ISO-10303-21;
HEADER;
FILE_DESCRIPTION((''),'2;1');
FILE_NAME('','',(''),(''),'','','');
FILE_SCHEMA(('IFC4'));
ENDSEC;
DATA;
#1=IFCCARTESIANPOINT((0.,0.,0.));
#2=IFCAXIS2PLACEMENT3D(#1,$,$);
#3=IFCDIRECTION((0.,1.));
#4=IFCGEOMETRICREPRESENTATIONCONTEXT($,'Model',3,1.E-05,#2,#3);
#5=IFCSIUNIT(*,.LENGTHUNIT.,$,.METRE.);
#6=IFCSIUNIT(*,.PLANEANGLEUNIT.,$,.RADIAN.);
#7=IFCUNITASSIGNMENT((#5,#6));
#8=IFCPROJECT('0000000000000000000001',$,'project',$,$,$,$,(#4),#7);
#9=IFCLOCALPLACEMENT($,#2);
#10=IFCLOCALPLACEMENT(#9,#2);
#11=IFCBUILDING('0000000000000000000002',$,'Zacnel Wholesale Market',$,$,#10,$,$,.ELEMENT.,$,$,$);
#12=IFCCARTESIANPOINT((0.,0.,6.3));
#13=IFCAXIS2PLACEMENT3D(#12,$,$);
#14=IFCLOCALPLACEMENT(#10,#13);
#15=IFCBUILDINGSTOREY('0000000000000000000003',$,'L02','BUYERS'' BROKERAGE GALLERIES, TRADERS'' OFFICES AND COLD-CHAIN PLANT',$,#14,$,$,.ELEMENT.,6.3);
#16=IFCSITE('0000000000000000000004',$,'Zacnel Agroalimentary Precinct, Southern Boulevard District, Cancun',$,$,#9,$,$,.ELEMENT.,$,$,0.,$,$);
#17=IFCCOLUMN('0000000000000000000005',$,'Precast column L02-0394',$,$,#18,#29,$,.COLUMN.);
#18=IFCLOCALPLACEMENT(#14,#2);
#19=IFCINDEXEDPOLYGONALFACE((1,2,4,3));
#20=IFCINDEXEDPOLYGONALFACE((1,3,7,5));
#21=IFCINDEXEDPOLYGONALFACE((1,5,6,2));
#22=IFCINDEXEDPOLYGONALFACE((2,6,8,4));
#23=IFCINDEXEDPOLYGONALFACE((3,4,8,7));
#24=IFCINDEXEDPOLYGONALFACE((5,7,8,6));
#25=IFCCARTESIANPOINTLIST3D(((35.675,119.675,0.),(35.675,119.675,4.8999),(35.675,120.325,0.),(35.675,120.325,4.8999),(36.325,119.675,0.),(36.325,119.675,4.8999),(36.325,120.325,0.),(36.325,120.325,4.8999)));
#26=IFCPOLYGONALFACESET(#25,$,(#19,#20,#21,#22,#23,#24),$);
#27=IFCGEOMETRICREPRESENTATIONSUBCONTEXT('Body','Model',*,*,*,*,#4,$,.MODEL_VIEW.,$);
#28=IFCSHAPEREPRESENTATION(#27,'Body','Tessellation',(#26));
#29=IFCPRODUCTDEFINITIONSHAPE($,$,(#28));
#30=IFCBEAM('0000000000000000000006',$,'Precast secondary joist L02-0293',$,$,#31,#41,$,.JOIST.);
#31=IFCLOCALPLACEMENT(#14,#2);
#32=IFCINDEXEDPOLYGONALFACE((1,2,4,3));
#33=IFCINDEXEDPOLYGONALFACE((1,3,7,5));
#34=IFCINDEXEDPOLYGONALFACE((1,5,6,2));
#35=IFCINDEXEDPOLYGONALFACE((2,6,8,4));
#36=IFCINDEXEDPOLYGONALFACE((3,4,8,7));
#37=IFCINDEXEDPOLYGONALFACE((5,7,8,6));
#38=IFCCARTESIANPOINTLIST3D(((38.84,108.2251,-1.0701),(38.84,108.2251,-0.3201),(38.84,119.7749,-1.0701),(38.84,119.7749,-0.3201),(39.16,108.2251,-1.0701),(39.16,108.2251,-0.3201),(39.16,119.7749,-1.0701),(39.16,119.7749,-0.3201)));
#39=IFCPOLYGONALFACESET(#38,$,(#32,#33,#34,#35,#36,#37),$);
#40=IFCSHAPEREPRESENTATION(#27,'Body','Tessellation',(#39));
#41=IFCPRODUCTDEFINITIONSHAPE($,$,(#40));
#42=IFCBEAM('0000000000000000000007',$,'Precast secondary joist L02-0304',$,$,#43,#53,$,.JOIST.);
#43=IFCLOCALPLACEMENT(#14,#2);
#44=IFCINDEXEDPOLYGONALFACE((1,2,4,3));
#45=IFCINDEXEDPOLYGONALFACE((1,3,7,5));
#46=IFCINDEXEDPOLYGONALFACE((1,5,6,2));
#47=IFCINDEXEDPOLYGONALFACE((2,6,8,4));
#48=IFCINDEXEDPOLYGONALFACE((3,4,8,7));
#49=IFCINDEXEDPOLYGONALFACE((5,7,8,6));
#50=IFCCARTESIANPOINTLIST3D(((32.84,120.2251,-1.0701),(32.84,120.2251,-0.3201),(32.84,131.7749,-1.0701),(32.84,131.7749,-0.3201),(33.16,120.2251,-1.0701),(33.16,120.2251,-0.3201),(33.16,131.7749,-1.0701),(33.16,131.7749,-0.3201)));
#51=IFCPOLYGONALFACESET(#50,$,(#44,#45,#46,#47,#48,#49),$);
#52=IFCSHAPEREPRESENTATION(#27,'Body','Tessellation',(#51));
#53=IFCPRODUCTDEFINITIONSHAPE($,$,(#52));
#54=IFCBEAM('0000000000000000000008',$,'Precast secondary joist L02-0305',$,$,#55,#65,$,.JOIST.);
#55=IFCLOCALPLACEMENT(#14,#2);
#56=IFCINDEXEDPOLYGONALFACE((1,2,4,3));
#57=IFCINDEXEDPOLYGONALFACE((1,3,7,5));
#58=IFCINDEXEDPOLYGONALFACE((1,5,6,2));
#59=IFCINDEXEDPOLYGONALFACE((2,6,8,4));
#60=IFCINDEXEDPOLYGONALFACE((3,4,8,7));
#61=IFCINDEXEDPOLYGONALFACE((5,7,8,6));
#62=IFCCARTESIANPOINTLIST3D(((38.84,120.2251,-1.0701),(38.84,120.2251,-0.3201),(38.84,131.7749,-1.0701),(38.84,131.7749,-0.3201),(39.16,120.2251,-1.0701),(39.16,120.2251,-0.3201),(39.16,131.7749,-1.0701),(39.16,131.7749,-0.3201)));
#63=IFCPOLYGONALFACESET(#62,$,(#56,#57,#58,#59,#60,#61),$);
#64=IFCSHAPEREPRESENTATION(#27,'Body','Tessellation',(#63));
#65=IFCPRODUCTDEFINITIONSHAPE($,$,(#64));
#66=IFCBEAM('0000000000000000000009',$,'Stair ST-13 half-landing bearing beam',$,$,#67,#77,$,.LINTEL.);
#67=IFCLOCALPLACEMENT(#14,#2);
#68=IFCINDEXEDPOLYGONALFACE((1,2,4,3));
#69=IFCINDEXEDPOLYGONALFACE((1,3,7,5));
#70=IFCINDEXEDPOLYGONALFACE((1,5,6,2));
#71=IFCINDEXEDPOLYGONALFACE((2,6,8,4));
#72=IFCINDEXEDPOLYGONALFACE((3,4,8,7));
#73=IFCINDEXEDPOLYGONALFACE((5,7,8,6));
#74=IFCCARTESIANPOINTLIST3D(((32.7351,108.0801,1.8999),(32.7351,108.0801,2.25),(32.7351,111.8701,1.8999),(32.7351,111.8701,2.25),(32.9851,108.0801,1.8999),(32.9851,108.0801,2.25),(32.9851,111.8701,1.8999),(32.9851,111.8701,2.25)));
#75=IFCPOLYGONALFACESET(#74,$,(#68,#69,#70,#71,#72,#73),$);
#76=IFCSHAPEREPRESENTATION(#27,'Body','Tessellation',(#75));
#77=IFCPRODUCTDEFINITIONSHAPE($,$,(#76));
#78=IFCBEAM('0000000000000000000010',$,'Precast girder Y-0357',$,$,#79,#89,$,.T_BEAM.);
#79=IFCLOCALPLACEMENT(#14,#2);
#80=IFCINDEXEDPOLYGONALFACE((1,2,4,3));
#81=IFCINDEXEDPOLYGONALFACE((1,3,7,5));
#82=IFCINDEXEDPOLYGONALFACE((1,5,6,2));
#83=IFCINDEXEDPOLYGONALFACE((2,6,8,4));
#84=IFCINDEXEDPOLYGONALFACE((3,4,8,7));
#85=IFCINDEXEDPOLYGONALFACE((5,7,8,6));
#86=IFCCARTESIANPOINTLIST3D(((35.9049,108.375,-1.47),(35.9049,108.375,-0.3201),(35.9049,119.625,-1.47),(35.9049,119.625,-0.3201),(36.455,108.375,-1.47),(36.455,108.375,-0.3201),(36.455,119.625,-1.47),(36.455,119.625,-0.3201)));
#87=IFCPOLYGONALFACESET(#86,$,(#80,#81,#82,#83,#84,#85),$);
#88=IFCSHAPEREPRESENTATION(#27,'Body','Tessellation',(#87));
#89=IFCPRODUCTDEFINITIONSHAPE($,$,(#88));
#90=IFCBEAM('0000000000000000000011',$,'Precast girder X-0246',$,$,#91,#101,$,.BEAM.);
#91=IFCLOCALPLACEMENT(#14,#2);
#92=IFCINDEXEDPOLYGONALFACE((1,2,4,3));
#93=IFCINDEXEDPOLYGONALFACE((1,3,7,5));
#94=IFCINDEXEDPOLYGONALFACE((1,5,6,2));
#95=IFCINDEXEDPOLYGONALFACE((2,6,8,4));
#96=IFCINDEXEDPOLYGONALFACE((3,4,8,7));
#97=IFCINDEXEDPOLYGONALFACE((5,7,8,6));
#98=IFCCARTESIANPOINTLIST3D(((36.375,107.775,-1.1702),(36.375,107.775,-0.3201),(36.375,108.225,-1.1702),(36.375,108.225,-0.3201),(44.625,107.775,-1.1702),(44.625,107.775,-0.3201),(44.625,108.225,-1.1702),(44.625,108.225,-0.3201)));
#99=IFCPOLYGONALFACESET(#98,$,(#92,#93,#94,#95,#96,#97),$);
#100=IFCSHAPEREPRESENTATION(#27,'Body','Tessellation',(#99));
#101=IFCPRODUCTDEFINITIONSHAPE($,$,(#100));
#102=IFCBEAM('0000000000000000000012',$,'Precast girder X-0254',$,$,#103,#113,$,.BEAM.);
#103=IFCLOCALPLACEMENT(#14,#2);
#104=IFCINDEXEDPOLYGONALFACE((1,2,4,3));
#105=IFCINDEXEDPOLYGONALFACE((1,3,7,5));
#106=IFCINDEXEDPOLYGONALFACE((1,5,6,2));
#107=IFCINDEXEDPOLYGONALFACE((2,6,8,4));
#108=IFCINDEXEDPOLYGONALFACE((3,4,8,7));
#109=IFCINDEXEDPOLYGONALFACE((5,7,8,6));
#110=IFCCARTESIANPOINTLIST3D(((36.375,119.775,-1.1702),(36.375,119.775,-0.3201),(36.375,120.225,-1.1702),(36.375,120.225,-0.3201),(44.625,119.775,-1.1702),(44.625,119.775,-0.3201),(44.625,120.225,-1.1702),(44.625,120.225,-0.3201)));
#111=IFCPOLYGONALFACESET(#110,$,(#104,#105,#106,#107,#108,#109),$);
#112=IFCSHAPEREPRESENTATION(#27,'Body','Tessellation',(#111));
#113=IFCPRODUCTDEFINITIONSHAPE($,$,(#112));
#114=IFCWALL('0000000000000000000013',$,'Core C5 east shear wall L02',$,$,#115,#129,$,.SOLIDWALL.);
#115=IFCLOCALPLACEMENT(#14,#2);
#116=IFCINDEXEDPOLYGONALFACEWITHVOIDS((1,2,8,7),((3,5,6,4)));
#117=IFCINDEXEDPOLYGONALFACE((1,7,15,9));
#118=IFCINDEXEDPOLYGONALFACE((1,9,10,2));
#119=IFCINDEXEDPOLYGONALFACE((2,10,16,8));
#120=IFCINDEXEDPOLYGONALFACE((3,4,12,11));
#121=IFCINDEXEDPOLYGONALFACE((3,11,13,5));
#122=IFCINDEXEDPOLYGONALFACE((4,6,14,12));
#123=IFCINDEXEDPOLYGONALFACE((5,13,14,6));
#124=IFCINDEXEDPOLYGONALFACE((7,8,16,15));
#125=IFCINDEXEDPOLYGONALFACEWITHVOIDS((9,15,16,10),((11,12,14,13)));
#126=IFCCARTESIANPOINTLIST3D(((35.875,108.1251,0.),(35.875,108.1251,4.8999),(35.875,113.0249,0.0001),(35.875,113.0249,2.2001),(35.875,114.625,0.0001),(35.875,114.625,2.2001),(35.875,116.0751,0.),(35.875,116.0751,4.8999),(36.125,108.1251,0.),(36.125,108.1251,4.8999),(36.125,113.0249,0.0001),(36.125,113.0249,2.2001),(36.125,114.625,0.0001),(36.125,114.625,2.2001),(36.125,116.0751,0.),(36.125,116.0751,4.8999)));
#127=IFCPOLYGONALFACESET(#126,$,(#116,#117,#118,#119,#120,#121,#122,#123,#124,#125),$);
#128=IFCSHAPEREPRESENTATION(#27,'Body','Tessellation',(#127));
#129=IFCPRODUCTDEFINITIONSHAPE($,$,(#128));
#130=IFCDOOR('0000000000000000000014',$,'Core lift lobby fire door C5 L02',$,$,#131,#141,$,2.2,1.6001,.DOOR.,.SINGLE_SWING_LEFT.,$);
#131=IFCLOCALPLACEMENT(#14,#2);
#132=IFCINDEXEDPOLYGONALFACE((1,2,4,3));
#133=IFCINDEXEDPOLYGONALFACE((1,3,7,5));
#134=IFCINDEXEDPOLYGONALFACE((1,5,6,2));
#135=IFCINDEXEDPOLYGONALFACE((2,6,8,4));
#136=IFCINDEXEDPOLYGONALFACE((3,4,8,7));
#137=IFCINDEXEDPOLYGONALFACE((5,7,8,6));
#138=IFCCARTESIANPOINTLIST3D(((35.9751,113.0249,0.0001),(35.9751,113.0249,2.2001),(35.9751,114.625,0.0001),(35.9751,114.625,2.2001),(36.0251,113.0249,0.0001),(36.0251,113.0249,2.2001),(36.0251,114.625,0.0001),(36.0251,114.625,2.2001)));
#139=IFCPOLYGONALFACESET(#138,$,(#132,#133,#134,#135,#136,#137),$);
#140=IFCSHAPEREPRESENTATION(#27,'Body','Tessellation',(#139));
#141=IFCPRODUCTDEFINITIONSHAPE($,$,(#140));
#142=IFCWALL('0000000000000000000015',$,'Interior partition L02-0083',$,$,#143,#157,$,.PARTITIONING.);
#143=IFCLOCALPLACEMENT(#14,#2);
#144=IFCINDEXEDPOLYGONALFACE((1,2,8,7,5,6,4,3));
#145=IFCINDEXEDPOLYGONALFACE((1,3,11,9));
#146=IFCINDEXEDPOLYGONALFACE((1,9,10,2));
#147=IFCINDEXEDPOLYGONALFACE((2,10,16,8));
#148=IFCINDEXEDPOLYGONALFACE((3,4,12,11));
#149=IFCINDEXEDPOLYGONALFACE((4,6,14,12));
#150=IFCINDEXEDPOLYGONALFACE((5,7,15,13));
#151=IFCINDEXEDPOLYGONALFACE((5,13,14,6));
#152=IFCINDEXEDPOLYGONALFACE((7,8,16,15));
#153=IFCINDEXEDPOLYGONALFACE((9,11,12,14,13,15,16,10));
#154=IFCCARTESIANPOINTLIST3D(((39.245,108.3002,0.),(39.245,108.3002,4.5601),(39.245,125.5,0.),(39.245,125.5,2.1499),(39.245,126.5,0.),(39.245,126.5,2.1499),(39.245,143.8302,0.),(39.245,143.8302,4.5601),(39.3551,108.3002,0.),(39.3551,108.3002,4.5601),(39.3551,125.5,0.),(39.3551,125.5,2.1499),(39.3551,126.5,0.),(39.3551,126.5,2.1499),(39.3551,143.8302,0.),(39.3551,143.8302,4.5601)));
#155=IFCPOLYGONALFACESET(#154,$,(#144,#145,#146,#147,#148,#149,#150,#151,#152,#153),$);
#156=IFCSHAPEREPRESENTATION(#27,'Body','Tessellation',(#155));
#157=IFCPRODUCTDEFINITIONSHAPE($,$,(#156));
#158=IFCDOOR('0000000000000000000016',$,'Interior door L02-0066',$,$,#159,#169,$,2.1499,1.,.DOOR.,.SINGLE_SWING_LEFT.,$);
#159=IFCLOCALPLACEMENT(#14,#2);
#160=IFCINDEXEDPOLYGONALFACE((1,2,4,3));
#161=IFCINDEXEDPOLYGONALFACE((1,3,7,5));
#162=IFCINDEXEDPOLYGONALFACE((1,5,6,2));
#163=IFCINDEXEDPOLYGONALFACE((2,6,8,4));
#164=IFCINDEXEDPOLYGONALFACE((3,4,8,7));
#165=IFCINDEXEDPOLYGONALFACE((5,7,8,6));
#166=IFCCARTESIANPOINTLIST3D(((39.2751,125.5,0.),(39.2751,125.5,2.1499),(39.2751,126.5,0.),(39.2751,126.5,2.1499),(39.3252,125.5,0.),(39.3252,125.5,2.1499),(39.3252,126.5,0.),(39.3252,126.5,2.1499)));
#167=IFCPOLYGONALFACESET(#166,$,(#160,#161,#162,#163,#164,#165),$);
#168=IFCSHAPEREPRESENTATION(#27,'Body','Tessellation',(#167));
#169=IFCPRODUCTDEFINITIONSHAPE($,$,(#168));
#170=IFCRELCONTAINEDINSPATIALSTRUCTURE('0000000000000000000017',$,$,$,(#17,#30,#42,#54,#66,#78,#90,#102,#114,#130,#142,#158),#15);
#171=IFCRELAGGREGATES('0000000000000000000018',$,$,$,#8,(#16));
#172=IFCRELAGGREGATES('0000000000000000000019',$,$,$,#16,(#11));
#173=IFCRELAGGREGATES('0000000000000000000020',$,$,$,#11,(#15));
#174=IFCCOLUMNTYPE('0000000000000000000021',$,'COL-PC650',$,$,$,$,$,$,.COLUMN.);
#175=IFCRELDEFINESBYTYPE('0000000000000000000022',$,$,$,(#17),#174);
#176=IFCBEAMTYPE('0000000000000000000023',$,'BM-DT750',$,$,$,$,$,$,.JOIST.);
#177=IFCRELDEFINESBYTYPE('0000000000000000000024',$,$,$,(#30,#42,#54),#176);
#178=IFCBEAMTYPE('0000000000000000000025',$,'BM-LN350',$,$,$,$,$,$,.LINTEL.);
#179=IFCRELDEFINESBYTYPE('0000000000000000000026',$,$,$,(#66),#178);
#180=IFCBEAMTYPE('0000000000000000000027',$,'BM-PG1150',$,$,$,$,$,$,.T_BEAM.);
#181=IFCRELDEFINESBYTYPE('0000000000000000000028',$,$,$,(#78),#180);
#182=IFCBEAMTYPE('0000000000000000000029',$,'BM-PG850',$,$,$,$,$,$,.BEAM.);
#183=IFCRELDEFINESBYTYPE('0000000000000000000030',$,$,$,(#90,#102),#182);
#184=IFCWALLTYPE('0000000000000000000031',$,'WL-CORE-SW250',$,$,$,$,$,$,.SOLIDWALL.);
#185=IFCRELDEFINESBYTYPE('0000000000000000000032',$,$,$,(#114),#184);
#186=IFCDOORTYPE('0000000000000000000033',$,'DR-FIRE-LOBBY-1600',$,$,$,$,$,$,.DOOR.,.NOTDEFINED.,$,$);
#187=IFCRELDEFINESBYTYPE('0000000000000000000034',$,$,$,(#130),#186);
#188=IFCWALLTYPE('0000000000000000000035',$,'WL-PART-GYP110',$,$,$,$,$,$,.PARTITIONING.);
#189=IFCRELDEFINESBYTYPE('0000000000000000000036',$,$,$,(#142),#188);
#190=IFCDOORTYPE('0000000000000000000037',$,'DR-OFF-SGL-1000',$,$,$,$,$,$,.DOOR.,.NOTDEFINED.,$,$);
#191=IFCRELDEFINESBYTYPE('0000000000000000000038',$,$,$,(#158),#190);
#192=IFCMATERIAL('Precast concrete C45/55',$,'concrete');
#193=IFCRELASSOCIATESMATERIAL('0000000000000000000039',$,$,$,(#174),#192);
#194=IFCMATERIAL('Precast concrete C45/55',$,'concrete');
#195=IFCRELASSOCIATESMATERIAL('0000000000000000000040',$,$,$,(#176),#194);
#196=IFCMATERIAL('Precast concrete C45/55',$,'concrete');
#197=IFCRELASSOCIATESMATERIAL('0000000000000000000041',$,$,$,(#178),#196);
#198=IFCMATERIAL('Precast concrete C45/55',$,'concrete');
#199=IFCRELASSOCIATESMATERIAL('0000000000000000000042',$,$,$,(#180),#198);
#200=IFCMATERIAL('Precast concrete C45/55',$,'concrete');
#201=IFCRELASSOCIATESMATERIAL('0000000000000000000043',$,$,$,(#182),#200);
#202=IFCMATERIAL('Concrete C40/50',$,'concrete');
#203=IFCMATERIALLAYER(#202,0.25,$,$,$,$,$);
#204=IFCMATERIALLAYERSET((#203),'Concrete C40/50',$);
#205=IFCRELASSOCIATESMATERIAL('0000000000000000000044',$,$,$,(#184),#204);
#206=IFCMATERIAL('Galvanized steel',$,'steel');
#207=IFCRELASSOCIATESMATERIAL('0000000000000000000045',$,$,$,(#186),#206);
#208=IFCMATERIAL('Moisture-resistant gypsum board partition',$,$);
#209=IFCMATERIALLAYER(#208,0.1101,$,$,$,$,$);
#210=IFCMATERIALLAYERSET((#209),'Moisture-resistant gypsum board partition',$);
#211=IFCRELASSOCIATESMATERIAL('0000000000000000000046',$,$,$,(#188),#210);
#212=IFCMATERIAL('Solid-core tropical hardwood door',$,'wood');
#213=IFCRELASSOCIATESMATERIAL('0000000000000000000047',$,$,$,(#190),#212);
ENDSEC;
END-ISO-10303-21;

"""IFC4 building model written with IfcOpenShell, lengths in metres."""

from ifc_helpers import new_model, si_unit, direction, frame, frame_2d, origin, origin_2d, place, context, subcontext, project, spatial, rectangle, extrude, material, layer, layer_set, material_profile, profile_set, type_object, element, fill, save


model = new_model("IFC4")

# Units and contexts
model_context = context("Model", 3, precision=1e-05, world=origin(), true_north=direction((0.0, 1.0)))
body_context = subcontext(model_context, "Body", "Model", "MODEL_VIEW")
ifc_project = project(units=[si_unit("LENGTHUNIT", "METRE"), si_unit("PLANEANGLEUNIT", "RADIAN")], contexts=[model_context])

# Site, building, storey
site_placement = place(None, origin())
site = spatial("IfcSite", under=ifc_project, at=site_placement, Name="Zacnel Agroalimentary Precinct, Southern Boulevard District, Cancun", CompositionType="ELEMENT", RefElevation=0.0)
building_placement = place(site_placement, origin())
building = spatial("IfcBuilding", under=site, at=building_placement, Name="Zacnel Wholesale Market", CompositionType="ELEMENT")
storey_placement = place(building_placement, frame((0.0, 0.0, 6.3)))
storey = spatial("IfcBuildingStorey", under=building, at=storey_placement, Name="L02", Description="BUYERS' BROKERAGE GALLERIES, TRADERS' OFFICES AND COLD-CHAIN PLANT", CompositionType="ELEMENT", Elevation=6.3)

# Column
ifc_material_1 = material(Name="Precast concrete C45/55", Category="concrete")
ifc_material_profile_1 = material_profile(ifc_material_1, rectangle(XDim=0.6499, YDim=0.6499, at=origin_2d()), Name="PC 650x650")
ifc_profile_set_1 = profile_set([ifc_material_profile_1], Name="Precast concrete C45/55")
column_type = type_object("IfcColumnType", Name="COL-PC650", PredefinedType="COLUMN", material=ifc_profile_set_1)
column_placement = place(storey_placement, frame((36.0, 120.0, 0.0), z_axis=(0.0, 0.0, 1.0), x_axis=(1.0, 0.0, 0.0)))
element("IfcColumn", 1, at=column_placement, inside=storey, type_object=column_type, Name="Precast column L02-0394", PredefinedType="COLUMN", context=body_context, shape_type="SweptSolid", body=[
    extrude(rectangle(XDim=0.6499, YDim=0.6499, at=origin_2d()), origin(), (0.0, 0.0, 1.0), 4.8999),
])

# Beams
ifc_material_2 = material(Name="Precast concrete C45/55", Category="concrete")
ifc_material_profile_2 = material_profile(ifc_material_2, rectangle(XDim=0.3201, YDim=0.75, at=origin_2d()), Name="DT RIB 320x750")
ifc_profile_set_2 = profile_set([ifc_material_profile_2], Name="Precast concrete C45/55")
beam_type_1 = type_object("IfcBeamType", Name="BM-DT750", PredefinedType="JOIST", material=ifc_profile_set_2)
for number, where, z_axis, x_axis, name in (
    (2, (39.0, 108.2251, -0.6951), (0.0, 1.0, 0.0), (-1.0, 0.0, 0.0), "Precast secondary joist L02-0293"),
    (3, (33.0, 120.2251, -0.6951), (0.0, 1.0, 0.0), (-1.0, 0.0, 0.0), "Precast secondary joist L02-0304"),
    (4, (39.0, 120.2251, -0.6951), (0.0, 1.0, 0.0), (-1.0, 0.0, 0.0), "Precast secondary joist L02-0305"),
):
    element("IfcBeam", number, at=place(storey_placement, frame(where, z_axis=z_axis, x_axis=x_axis)), inside=storey, type_object=beam_type_1, Name=name, PredefinedType="JOIST", context=body_context, shape_type="SweptSolid", body=[
        extrude(rectangle(XDim=0.3201, YDim=0.75, at=origin_2d()), origin(), (0.0, 0.0, 1.0), 11.5498),
    ])
ifc_material_3 = material(Name="Precast concrete C45/55", Category="concrete")
ifc_material_profile_3 = material_profile(ifc_material_3, rectangle(XDim=0.25, YDim=0.3501, at=origin_2d()), Name="LN 250x350")
ifc_profile_set_3 = profile_set([ifc_material_profile_3], Name="Precast concrete C45/55")
beam_type_2 = type_object("IfcBeamType", Name="BM-LN350", PredefinedType="LINTEL", material=ifc_profile_set_3)
beam_1_placement = place(storey_placement, frame((32.8601, 108.0801, 2.075), z_axis=(0.0, 1.0, 0.0), x_axis=(-1.0, 0.0, 0.0)))
element("IfcBeam", 5, at=beam_1_placement, inside=storey, type_object=beam_type_2, Name="Stair ST-13 half-landing bearing beam", PredefinedType="LINTEL", context=body_context, shape_type="SweptSolid", body=[
    extrude(rectangle(XDim=0.25, YDim=0.3501, at=origin_2d()), origin(), (0.0, 0.0, 1.0), 3.79),
])
ifc_material_4 = material(Name="Precast concrete C45/55", Category="concrete")
ifc_material_profile_4 = material_profile(ifc_material_4, rectangle(XDim=0.55, YDim=1.1499, at=origin_2d()), Name="PG 550x1150")
ifc_profile_set_4 = profile_set([ifc_material_profile_4], Name="Precast concrete C45/55")
beam_type_3 = type_object("IfcBeamType", Name="BM-PG1150", PredefinedType="T_BEAM", material=ifc_profile_set_4)
beam_2_placement = place(storey_placement, frame((36.1799, 108.375, -0.895), z_axis=(0.0, 1.0, 0.0), x_axis=(-1.0, 0.0, 0.0)))
element("IfcBeam", 6, at=beam_2_placement, inside=storey, type_object=beam_type_3, Name="Precast girder Y-0357", PredefinedType="T_BEAM", context=body_context, shape_type="SweptSolid", body=[
    extrude(rectangle(XDim=0.55, YDim=1.1499, at=origin_2d()), origin(), (0.0, 0.0, 1.0), 11.25),
])
ifc_material_5 = material(Name="Precast concrete C45/55", Category="concrete")
ifc_material_profile_5 = material_profile(ifc_material_5, rectangle(XDim=0.45, YDim=0.8501, at=origin_2d()), Name="PG 450x850")
ifc_profile_set_5 = profile_set([ifc_material_profile_5], Name="Precast concrete C45/55")
beam_type_4 = type_object("IfcBeamType", Name="BM-PG850", PredefinedType="BEAM", material=ifc_profile_set_5)
for number, where, z_axis, x_axis, name in (
    (7, (36.375, 108.0, -0.7451), (1.0, 0.0, 0.0), (0.0, 1.0, 0.0), "Precast girder X-0246"),
    (8, (36.375, 120.0, -0.7451), (1.0, 0.0, 0.0), (0.0, 1.0, 0.0), "Precast girder X-0254"),
):
    element("IfcBeam", number, at=place(storey_placement, frame(where, z_axis=z_axis, x_axis=x_axis)), inside=storey, type_object=beam_type_4, Name=name, PredefinedType="BEAM", context=body_context, shape_type="SweptSolid", body=[
        extrude(rectangle(XDim=0.45, YDim=0.8501, at=origin_2d()), origin(), (0.0, 0.0, 1.0), 8.25),
    ])

# Walls, openings, doors
ifc_material_6 = material(Name="Concrete C40/50", Category="concrete")
ifc_layer_1 = layer(ifc_material_6, 0.25)
ifc_layer_set_1 = layer_set([ifc_layer_1], Name="Concrete C40/50")
wall_type_1 = type_object("IfcWallType", Name="WL-CORE-SW250", PredefinedType="SOLIDWALL", material=ifc_layer_set_1)
wall_1_placement = place(storey_placement, frame((36.0, 108.125, 0.0), z_axis=(0.0, 0.0, 1.0), x_axis=(0.0, 1.0, 0.0)))
wall_1 = element("IfcWall", 9, at=wall_1_placement, inside=storey, type_object=wall_type_1, Name="Core C5 east shear wall L02", PredefinedType="SOLIDWALL", context=body_context, shape_type="SweptSolid", body=[
    extrude(rectangle(XDim=7.95, YDim=0.25, at=frame_2d((3.9751, 0.0))), origin(), (0.0, 0.0, 1.0), 4.8999),
])
opening_1_placement = place(wall_1_placement, frame((4.8999, 0.0, 0.0)))
opening_1 = element("IfcOpeningElement", 10, at=opening_1_placement, cuts=wall_1, PredefinedType="OPENING", context=body_context, shape_type="SweptSolid", body=[
    extrude(rectangle(XDim=1.6001, YDim=2.2, at=frame_2d((0.8, 1.1001))), frame((0.0, 0.135, 0.0), z_axis=(0.0, -1.0, 0.0), x_axis=(1.0, 0.0, 0.0)), (0.0, 0.0, 1.0), 0.27),
])
ifc_material_7 = material(Name="Galvanized steel", Category="steel")
door_type_1 = type_object("IfcDoorType", Name="DR-FIRE-LOBBY-1600", OperationType="NOTDEFINED", PredefinedType="DOOR", material=ifc_material_7)
door_1_placement = place(opening_1_placement, origin())
door_1 = element("IfcDoor", 11, at=door_1_placement, inside=storey, type_object=door_type_1, Name="Core lift lobby fire door C5 L02", OperationType="SINGLE_SWING_LEFT", OverallHeight=2.2, OverallWidth=1.6001, PredefinedType="DOOR", context=body_context, shape_type="SweptSolid", body=[
    extrude(rectangle(XDim=1.6001, YDim=2.2, at=frame_2d((0.8, 1.1001))), frame((0.0, 0.0249, 0.0), z_axis=(0.0, -1.0, 0.0), x_axis=(1.0, 0.0, 0.0)), (0.0, 0.0, 1.0), 0.05),
])
fill(opening_1, door_1)
ifc_material_8 = material(Name="Moisture-resistant gypsum board partition")
ifc_layer_2 = layer(ifc_material_8, 0.1101)
ifc_layer_set_2 = layer_set([ifc_layer_2], Name="Moisture-resistant gypsum board partition")
wall_type_2 = type_object("IfcWallType", Name="WL-PART-GYP110", PredefinedType="PARTITIONING", material=ifc_layer_set_2)
wall_2_placement = place(storey_placement, frame((39.3, 108.3, 0.0), z_axis=(0.0, 0.0, 1.0), x_axis=(0.0, 1.0, 0.0)))
wall_2 = element("IfcWall", 12, at=wall_2_placement, inside=storey, type_object=wall_type_2, Name="Interior partition L02-0083", PredefinedType="PARTITIONING", context=body_context, shape_type="SweptSolid", body=[
    extrude(rectangle(XDim=35.53, YDim=0.1101, at=frame_2d((17.7651, 0.0))), origin(), (0.0, 0.0, 1.0), 4.5601),
])
opening_2_placement = place(wall_2_placement, frame((17.2, 0.0, 0.0)))
opening_2 = element("IfcOpeningElement", 13, at=opening_2_placement, cuts=wall_2, PredefinedType="OPENING", context=body_context, shape_type="SweptSolid", body=[
    extrude(rectangle(XDim=1.0, YDim=2.1499, at=frame_2d((0.5, 1.075))), frame((0.0, 0.0649, 0.0), z_axis=(0.0, -1.0, 0.0), x_axis=(1.0, 0.0, 0.0)), (0.0, 0.0, 1.0), 0.1301),
])
ifc_material_9 = material(Name="Solid-core tropical hardwood door", Category="wood")
door_type_2 = type_object("IfcDoorType", Name="DR-OFF-SGL-1000", OperationType="NOTDEFINED", PredefinedType="DOOR", material=ifc_material_9)
door_2_placement = place(opening_2_placement, origin())
door_2 = element("IfcDoor", 14, at=door_2_placement, inside=storey, type_object=door_type_2, Name="Interior door L02-0066", OperationType="SINGLE_SWING_LEFT", OverallHeight=2.1499, OverallWidth=1.0, PredefinedType="DOOR", context=body_context, shape_type="SweptSolid", body=[
    extrude(rectangle(XDim=1.0, YDim=2.1499, at=frame_2d((0.5, 1.075))), frame((0.0, 0.0249, 0.0), z_axis=(0.0, -1.0, 0.0), x_axis=(1.0, 0.0, 0.0)), (0.0, 0.0, 1.0), 0.05),
])
fill(opening_2, door_2)

save(model, "model.ifc")
